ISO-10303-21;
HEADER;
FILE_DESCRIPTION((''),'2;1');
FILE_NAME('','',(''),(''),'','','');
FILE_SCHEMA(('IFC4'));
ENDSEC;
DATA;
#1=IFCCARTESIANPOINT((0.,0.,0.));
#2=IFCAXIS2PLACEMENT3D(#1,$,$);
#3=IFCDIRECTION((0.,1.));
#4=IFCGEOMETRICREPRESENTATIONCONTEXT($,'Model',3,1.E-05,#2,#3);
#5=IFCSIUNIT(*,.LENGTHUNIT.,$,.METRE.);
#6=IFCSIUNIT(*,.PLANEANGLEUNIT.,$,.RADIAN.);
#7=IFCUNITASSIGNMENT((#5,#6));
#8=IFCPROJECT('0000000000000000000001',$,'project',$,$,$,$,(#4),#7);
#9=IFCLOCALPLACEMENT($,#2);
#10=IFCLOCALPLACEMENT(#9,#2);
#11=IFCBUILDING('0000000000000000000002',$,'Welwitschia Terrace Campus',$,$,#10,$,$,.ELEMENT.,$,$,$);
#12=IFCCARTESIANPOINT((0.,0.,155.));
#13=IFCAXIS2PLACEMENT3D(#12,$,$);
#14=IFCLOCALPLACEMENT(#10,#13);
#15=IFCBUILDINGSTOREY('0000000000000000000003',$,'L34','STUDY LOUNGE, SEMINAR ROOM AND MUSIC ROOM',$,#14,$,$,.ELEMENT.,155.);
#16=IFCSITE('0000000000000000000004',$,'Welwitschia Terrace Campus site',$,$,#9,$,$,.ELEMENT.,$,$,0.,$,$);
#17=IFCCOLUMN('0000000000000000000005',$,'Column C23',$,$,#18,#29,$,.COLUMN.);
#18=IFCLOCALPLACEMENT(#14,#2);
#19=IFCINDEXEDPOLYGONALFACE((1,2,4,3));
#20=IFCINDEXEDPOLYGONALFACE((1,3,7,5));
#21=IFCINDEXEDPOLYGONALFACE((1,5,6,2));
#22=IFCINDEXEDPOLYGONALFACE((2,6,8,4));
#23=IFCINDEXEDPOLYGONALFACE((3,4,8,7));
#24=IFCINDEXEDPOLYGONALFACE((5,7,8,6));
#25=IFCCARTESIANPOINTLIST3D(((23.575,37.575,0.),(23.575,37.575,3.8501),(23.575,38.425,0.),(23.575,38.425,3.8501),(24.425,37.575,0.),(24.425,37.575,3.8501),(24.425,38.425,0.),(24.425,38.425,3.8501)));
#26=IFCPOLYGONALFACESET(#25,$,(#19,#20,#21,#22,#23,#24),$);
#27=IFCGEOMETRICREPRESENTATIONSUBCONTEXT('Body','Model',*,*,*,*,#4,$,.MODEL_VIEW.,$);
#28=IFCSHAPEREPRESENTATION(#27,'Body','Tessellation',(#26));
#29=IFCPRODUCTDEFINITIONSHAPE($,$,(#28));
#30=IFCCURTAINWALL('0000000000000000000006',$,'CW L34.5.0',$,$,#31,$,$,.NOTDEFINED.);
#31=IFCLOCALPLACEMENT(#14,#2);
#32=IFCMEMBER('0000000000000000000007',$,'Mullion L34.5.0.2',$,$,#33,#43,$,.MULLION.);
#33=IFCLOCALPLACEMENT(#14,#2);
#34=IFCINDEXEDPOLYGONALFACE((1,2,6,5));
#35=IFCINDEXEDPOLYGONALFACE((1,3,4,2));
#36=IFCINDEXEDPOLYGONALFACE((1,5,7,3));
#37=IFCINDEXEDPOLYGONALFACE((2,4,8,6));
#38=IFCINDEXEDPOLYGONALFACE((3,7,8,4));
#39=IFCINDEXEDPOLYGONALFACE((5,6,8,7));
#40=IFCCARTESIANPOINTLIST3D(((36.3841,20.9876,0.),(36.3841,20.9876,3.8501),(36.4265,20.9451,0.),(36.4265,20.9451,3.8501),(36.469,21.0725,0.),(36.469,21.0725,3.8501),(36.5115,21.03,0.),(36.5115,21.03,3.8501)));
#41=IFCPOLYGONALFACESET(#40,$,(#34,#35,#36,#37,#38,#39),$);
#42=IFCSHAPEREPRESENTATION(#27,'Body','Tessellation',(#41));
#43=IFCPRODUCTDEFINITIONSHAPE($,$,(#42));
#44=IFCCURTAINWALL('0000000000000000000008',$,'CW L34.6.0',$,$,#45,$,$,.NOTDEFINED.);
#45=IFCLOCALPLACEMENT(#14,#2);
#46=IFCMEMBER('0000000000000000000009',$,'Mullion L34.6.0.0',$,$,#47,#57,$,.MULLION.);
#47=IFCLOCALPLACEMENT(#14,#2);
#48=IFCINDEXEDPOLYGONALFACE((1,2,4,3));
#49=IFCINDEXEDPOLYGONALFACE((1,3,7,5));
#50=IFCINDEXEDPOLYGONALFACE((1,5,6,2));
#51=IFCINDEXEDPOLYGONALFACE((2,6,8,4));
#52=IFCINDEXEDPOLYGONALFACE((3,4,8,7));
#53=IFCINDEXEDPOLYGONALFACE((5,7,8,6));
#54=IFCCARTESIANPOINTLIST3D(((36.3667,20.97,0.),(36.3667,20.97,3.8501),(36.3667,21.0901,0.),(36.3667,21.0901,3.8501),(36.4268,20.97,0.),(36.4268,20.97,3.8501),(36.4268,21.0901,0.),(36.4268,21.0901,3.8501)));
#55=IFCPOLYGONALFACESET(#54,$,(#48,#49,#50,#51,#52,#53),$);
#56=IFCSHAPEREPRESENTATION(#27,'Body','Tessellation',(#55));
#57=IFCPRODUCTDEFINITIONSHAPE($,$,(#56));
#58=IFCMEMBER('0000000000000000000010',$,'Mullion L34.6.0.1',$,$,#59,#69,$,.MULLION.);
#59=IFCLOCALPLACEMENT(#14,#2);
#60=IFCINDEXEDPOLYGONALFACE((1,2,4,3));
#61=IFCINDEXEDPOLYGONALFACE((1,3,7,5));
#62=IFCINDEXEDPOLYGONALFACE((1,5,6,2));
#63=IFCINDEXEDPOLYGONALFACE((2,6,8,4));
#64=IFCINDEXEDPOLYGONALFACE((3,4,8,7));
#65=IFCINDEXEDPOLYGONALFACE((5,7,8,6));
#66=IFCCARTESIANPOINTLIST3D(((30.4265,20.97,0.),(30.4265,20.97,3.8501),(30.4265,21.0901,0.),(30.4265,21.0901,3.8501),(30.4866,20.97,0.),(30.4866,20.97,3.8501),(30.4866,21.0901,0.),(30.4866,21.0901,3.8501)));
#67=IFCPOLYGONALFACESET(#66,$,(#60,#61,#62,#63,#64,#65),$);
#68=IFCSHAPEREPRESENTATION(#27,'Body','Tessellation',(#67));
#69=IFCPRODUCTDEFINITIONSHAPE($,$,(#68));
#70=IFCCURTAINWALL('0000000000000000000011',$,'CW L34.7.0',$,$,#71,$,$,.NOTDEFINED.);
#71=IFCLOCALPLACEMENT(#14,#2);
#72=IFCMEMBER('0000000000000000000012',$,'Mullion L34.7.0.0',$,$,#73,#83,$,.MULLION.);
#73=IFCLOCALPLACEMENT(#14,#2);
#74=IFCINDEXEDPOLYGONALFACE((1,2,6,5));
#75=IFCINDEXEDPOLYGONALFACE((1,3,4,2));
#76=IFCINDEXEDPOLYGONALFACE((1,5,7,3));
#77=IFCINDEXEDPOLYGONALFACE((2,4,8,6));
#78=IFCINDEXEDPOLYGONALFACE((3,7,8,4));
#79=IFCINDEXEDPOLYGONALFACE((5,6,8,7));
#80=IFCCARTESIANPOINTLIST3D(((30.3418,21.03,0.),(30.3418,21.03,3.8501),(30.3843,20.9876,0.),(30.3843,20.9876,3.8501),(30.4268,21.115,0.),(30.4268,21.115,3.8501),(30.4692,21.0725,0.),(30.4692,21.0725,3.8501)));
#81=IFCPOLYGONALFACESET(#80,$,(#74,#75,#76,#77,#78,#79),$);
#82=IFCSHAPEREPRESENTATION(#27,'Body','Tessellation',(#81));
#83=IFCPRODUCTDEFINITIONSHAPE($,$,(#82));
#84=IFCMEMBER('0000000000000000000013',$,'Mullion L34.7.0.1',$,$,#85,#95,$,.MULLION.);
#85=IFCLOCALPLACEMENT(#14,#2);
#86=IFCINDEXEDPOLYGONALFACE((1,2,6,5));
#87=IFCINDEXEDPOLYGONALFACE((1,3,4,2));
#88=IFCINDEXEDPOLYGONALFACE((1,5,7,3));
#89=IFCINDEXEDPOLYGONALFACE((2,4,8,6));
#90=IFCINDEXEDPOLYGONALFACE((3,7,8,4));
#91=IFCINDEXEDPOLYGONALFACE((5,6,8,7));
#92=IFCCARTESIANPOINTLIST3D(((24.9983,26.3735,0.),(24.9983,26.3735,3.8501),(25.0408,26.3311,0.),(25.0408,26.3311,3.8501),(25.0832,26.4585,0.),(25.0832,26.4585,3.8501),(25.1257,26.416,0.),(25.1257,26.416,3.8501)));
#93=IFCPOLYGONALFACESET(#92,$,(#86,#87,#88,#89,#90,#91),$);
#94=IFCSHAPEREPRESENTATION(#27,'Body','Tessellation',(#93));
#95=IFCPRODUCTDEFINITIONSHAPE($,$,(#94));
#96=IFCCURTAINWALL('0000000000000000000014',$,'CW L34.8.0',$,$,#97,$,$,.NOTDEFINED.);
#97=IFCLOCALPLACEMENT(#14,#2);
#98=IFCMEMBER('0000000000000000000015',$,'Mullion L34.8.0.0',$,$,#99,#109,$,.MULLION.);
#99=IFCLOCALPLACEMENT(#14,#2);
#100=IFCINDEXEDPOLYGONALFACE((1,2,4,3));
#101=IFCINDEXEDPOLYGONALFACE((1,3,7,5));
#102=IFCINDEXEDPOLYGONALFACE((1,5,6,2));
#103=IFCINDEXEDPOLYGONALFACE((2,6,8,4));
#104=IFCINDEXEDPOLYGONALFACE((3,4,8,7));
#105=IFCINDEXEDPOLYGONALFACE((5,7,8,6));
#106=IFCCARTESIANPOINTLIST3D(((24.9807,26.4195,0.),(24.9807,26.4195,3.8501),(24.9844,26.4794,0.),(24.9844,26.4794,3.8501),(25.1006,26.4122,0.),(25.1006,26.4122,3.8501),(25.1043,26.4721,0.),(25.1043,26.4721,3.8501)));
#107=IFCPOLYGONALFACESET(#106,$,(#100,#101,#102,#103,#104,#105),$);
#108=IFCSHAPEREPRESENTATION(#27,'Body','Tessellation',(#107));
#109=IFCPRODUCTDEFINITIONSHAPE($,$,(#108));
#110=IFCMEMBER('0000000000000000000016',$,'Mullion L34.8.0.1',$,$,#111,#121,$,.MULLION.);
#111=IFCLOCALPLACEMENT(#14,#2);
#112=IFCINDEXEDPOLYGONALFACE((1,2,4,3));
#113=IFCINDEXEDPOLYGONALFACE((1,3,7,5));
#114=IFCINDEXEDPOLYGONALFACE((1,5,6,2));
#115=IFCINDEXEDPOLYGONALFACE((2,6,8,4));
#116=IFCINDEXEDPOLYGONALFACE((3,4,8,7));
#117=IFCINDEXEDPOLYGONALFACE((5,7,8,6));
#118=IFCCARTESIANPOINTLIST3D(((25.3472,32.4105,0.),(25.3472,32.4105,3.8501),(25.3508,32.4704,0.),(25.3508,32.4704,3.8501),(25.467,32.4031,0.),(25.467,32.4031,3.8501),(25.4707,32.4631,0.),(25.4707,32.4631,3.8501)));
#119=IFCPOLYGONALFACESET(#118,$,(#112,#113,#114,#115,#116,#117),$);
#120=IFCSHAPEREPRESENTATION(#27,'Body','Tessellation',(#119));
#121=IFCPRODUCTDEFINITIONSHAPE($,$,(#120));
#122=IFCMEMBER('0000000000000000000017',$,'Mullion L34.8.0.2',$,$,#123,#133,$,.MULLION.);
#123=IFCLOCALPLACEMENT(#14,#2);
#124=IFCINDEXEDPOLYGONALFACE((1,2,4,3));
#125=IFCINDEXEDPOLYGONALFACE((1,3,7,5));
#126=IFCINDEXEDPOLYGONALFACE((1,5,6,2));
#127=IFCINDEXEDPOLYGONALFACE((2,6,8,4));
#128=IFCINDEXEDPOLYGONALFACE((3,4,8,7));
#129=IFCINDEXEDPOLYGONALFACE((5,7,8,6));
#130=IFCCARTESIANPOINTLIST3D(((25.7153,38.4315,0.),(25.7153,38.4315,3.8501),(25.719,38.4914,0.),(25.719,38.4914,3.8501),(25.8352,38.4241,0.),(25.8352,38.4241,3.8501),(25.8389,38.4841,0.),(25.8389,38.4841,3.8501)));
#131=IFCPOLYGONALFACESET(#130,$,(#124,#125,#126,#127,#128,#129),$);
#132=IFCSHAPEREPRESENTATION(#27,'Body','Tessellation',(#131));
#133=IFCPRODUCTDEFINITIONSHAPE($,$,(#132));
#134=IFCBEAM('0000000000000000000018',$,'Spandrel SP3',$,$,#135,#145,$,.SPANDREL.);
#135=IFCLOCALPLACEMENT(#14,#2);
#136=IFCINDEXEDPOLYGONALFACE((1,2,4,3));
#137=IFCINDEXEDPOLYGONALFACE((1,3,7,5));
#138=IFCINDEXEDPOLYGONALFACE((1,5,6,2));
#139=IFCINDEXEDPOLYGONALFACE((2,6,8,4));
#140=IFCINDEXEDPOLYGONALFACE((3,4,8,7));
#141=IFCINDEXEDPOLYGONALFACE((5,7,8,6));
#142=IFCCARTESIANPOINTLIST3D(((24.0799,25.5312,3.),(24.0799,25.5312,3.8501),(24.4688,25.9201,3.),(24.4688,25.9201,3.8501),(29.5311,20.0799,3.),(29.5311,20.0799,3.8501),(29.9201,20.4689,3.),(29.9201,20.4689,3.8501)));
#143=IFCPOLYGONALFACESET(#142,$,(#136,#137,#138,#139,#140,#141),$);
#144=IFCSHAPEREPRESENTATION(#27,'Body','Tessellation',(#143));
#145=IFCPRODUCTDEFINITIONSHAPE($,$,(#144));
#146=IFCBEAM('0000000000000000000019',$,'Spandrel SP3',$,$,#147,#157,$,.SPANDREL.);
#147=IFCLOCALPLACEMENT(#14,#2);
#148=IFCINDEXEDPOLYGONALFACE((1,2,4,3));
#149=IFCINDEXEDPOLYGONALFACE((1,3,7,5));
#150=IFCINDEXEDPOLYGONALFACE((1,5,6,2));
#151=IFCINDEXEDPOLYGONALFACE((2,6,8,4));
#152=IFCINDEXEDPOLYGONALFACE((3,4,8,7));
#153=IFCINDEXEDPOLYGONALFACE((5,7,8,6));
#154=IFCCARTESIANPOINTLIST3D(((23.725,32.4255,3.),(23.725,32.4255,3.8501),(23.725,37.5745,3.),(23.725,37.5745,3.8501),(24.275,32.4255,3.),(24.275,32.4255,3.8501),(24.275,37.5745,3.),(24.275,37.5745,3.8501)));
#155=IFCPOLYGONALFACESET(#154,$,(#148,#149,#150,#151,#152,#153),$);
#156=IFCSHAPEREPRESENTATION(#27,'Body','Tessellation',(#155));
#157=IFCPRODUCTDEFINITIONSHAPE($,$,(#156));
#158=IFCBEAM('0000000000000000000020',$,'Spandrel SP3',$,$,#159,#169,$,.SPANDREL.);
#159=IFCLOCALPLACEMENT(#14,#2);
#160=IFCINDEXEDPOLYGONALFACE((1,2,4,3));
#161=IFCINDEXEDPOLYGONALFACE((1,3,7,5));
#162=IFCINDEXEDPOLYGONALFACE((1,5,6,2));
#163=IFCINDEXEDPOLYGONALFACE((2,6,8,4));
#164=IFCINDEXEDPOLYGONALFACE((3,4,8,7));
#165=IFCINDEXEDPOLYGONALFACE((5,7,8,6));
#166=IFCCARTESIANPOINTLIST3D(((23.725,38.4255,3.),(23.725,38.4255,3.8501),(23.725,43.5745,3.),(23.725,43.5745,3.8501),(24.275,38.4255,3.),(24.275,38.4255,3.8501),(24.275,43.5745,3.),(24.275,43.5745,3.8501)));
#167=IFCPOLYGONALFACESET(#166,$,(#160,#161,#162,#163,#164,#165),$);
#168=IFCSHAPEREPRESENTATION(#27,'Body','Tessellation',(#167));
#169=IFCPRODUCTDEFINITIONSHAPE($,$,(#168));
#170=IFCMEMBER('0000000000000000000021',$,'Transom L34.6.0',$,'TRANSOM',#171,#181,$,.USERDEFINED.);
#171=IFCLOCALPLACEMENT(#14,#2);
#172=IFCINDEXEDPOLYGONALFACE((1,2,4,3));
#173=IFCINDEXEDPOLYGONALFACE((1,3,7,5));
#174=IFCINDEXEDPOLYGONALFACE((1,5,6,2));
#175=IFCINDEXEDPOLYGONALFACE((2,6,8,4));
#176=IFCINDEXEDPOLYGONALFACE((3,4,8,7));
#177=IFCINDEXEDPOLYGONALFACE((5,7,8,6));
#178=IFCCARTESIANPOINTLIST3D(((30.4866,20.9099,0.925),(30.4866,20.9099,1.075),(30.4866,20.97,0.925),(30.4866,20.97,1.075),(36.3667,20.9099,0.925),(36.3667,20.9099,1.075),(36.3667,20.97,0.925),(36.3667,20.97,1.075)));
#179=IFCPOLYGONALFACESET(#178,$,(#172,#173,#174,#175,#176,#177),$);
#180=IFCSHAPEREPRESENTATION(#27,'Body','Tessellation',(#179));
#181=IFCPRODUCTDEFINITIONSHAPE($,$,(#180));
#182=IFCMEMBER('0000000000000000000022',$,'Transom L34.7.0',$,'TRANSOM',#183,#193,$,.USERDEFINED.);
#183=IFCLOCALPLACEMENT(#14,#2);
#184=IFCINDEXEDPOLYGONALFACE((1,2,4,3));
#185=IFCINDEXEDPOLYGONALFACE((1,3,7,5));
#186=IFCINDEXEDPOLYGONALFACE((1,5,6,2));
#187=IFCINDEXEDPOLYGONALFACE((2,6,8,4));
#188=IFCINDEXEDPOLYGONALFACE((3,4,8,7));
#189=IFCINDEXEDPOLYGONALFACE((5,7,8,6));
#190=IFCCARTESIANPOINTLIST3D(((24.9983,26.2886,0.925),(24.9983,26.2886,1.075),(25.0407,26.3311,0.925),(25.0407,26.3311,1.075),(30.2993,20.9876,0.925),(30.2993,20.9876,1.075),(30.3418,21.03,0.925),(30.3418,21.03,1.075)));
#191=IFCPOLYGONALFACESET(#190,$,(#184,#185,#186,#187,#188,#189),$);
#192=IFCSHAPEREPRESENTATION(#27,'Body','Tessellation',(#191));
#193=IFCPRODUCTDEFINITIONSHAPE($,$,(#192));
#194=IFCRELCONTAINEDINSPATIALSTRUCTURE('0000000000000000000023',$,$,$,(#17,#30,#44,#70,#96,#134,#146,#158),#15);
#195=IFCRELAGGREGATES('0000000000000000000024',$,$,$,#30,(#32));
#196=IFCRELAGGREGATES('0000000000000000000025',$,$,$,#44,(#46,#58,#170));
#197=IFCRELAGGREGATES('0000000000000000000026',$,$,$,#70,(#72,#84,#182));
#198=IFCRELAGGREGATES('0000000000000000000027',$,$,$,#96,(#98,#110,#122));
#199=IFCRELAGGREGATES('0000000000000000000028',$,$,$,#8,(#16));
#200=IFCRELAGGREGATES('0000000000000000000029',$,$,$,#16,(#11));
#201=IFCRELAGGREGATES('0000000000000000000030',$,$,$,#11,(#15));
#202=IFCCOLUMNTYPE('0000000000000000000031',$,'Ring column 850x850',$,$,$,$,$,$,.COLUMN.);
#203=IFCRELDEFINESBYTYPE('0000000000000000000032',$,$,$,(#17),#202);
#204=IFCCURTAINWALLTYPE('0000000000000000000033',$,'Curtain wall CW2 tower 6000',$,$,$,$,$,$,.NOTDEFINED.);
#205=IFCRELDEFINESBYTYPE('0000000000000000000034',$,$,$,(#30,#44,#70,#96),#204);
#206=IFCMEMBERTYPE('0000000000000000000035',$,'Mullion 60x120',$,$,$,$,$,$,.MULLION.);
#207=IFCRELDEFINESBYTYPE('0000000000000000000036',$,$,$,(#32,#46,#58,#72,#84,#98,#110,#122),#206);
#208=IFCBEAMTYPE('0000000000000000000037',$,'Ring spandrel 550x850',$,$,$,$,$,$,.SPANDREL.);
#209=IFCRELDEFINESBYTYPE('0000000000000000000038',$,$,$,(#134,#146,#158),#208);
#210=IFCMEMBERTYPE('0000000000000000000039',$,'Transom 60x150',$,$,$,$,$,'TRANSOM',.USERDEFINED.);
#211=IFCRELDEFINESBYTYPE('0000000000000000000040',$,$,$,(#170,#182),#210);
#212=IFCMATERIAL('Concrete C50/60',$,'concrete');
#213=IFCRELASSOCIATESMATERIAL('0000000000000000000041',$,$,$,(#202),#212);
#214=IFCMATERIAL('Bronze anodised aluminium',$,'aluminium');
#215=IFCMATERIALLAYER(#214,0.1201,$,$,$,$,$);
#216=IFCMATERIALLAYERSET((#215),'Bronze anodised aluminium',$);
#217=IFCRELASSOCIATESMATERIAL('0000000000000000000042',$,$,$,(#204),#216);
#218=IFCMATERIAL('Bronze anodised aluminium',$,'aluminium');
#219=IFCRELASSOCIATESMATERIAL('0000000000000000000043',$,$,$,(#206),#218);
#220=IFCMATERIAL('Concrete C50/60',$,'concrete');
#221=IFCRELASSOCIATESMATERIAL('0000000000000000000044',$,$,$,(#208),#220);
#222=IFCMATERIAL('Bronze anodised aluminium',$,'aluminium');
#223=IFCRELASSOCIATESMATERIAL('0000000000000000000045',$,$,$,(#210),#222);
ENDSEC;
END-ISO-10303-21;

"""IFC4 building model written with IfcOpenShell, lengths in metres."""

from ifc_helpers import new_model, si_unit, direction, frame, origin, origin_2d, place, context, subcontext, project, spatial, rectangle, extrude, material, layer, layer_set, material_profile, profile_set, type_object, element, aggregate, save


model = new_model("IFC4")

# Units and contexts
model_context = context("Model", 3, precision=1e-05, world=origin(), true_north=direction((0.0, 1.0)))
body_context = subcontext(model_context, "Body", "Model", "MODEL_VIEW")
ifc_project = project(units=[si_unit("LENGTHUNIT", "METRE"), si_unit("PLANEANGLEUNIT", "RADIAN")], contexts=[model_context])

# Site, building, storey
site_placement = place(None, origin())
site = spatial("IfcSite", under=ifc_project, at=site_placement, Name="Welwitschia Terrace Campus site", CompositionType="ELEMENT", RefElevation=0.0)
building_placement = place(site_placement, origin())
building = spatial("IfcBuilding", under=site, at=building_placement, Name="Welwitschia Terrace Campus", CompositionType="ELEMENT")
storey_placement = place(building_placement, frame((0.0, 0.0, 155.0)))
storey = spatial("IfcBuildingStorey", under=building, at=storey_placement, Name="L34", Description="STUDY LOUNGE, SEMINAR ROOM AND MUSIC ROOM", CompositionType="ELEMENT", Elevation=155.0)

# Column
ifc_material_1 = material(Name="Concrete C50/60", Category="concrete")
ifc_material_profile_1 = material_profile(ifc_material_1, rectangle(XDim=0.8501, YDim=0.8501, at=origin_2d()))
ifc_profile_set_1 = profile_set([ifc_material_profile_1], Name="Concrete C50/60")
column_type = type_object("IfcColumnType", Name="Ring column 850x850", PredefinedType="COLUMN", material=ifc_profile_set_1)
column_placement = place(storey_placement, frame((24.0, 38.0, 0.0), z_axis=(0.0, 0.0, 1.0), x_axis=(1.0, 0.0, 0.0)))
element("IfcColumn", 1, at=column_placement, inside=storey, type_object=column_type, Name="Column C23", PredefinedType="COLUMN", context=body_context, shape_type="SweptSolid", body=[
    extrude(rectangle(XDim=0.8501, YDim=0.8501, at=origin_2d()), origin(), (0.0, 0.0, 1.0), 3.8501),
])

# Curtain wall, member
ifc_material_2 = material(Name="Bronze anodised aluminium", Category="aluminium")
ifc_layer_1 = layer(ifc_material_2, 0.1201)
ifc_layer_set_1 = layer_set([ifc_layer_1], Name="Bronze anodised aluminium")
curtain_wall_type = type_object("IfcCurtainWallType", Name="Curtain wall CW2 tower 6000", PredefinedType="NOTDEFINED", material=ifc_layer_set_1)
curtain_wall_1_placement = place(storey_placement, origin())
curtain_wall_1 = element("IfcCurtainWall", 2, at=curtain_wall_1_placement, inside=storey, type_object=curtain_wall_type, Name="CW L34.5.0", PredefinedType="NOTDEFINED")
ifc_material_3 = material(Name="Bronze anodised aluminium", Category="aluminium")
ifc_material_profile_2 = material_profile(ifc_material_3, rectangle(XDim=0.1201, YDim=0.0601, at=origin_2d()))
ifc_profile_set_2 = profile_set([ifc_material_profile_2], Name="Bronze anodised aluminium")
member_type_1 = type_object("IfcMemberType", Name="Mullion 60x120", PredefinedType="MULLION", material=ifc_profile_set_2)
member_1_placement = place(storey_placement, frame((36.4478, 21.0088, 0.0), z_axis=(0.0, 0.0, 1.0), x_axis=(-0.707107, -0.707107, 0.0)))
member_1 = element("IfcMember", 3, at=member_1_placement, type_object=member_type_1, Name="Mullion L34.5.0.2", PredefinedType="MULLION", context=body_context, shape_type="SweptSolid", body=[
    extrude(rectangle(XDim=0.1201, YDim=0.0601, at=origin_2d()), origin(), (0.0, 0.0, 1.0), 3.8501),
])
aggregate(curtain_wall_1, [member_1])

# Curtain walls, members
curtain_wall_2_placement = place(storey_placement, origin())
curtain_wall_2 = element("IfcCurtainWall", 4, at=curtain_wall_2_placement, inside=storey, type_object=curtain_wall_type, Name="CW L34.6.0", PredefinedType="NOTDEFINED")
member_2_placement = place(storey_placement, frame((36.3967, 21.03, 0.0), z_axis=(0.0, 0.0, 1.0), x_axis=(0.0, -1.0, 0.0)))
member_2 = element("IfcMember", 5, at=member_2_placement, type_object=member_type_1, Name="Mullion L34.6.0.0", PredefinedType="MULLION", context=body_context, shape_type="SweptSolid", body=[
    extrude(rectangle(XDim=0.1201, YDim=0.0601, at=origin_2d()), origin(), (0.0, 0.0, 1.0), 3.8501),
])
member_3_placement = place(storey_placement, frame((30.4565, 21.03, 0.0), z_axis=(0.0, 0.0, 1.0), x_axis=(0.0, -1.0, 0.0)))
member_3 = element("IfcMember", 6, at=member_3_placement, type_object=member_type_1, Name="Mullion L34.6.0.1", PredefinedType="MULLION", context=body_context, shape_type="SweptSolid", body=[
    extrude(rectangle(XDim=0.1201, YDim=0.0601, at=origin_2d()), origin(), (0.0, 0.0, 1.0), 3.8501),
])
curtain_wall_3_placement = place(storey_placement, origin())
curtain_wall_3 = element("IfcCurtainWall", 7, at=curtain_wall_3_placement, inside=storey, type_object=curtain_wall_type, Name="CW L34.7.0", PredefinedType="NOTDEFINED")
member_4_placement = place(storey_placement, frame((30.4055, 21.0513, 0.0), z_axis=(0.0, 0.0, 1.0), x_axis=(-0.707107, -0.707107, 0.0)))
member_4 = element("IfcMember", 8, at=member_4_placement, type_object=member_type_1, Name="Mullion L34.7.0.0", PredefinedType="MULLION", context=body_context, shape_type="SweptSolid", body=[
    extrude(rectangle(XDim=0.1201, YDim=0.0601, at=origin_2d()), origin(), (0.0, 0.0, 1.0), 3.8501),
])
member_5_placement = place(storey_placement, frame((25.062, 26.3948, 0.0), z_axis=(0.0, 0.0, 1.0), x_axis=(-0.707107, -0.707107, 0.0)))
member_5 = element("IfcMember", 9, at=member_5_placement, type_object=member_type_1, Name="Mullion L34.7.0.1", PredefinedType="MULLION", context=body_context, shape_type="SweptSolid", body=[
    extrude(rectangle(XDim=0.1201, YDim=0.0601, at=origin_2d()), origin(), (0.0, 0.0, 1.0), 3.8501),
])
curtain_wall_4_placement = place(storey_placement, origin())
curtain_wall_4 = element("IfcCurtainWall", 10, at=curtain_wall_4_placement, inside=storey, type_object=curtain_wall_type, Name="CW L34.8.0", PredefinedType="NOTDEFINED")
member_6_placement = place(storey_placement, frame((25.0425, 26.4458, 0.0), z_axis=(0.0, 0.0, 1.0), x_axis=(-0.998135, 0.061049, 0.0)))
member_6 = element("IfcMember", 11, at=member_6_placement, type_object=member_type_1, Name="Mullion L34.8.0.0", PredefinedType="MULLION", context=body_context, shape_type="SweptSolid", body=[
    extrude(rectangle(XDim=0.1201, YDim=0.0601, at=origin_2d()), origin(), (0.0, 0.0, 1.0), 3.8501),
])
member_7_placement = place(storey_placement, frame((25.4089, 32.4368, 0.0), z_axis=(0.0, 0.0, 1.0), x_axis=(-0.998135, 0.061049, 0.0)))
member_7 = element("IfcMember", 12, at=member_7_placement, type_object=member_type_1, Name="Mullion L34.8.0.1", PredefinedType="MULLION", context=body_context, shape_type="SweptSolid", body=[
    extrude(rectangle(XDim=0.1201, YDim=0.0601, at=origin_2d()), origin(), (0.0, 0.0, 1.0), 3.8501),
])
member_8_placement = place(storey_placement, frame((25.7771, 38.4578, 0.0), z_axis=(0.0, 0.0, 1.0), x_axis=(-0.998135, 0.061049, 0.0)))
member_8 = element("IfcMember", 13, at=member_8_placement, type_object=member_type_1, Name="Mullion L34.8.0.2", PredefinedType="MULLION", context=body_context, shape_type="SweptSolid", body=[
    extrude(rectangle(XDim=0.1201, YDim=0.0601, at=origin_2d()), origin(), (0.0, 0.0, 1.0), 3.8501),
])

# Beams
ifc_material_4 = material(Name="Concrete C50/60", Category="concrete")
ifc_material_profile_3 = material_profile(ifc_material_4, rectangle(XDim=0.55, YDim=0.8501, at=origin_2d()))
ifc_profile_set_3 = profile_set([ifc_material_profile_3], Name="Concrete C50/60")
beam_type = type_object("IfcBeamType", Name="Ring spandrel 550x850", PredefinedType="SPANDREL", material=ifc_profile_set_3)
beam_placement = place(storey_placement, frame((29.7256, 20.2744, 3.425), z_axis=(-0.707107, 0.707107, 0.0), x_axis=(-0.707107, -0.707107, 0.0)))
element("IfcBeam", 14, at=beam_placement, inside=storey, type_object=beam_type, Name="Spandrel SP3", PredefinedType="SPANDREL", context=body_context, shape_type="SweptSolid", body=[
    extrude(rectangle(XDim=0.55, YDim=0.8501, at=origin_2d()), origin(), (0.0, 0.0, 1.0), 7.7092),
])
for number, where, z_axis, x_axis, name in (
    (15, (24.0, 32.4255, 3.425), (0.0, 1.0, 0.0), (-1.0, 0.0, 0.0), "Spandrel SP3"),
    (16, (24.0, 38.4255, 3.425), (0.0, 1.0, 0.0), (-1.0, 0.0, 0.0), "Spandrel SP3"),
):
    element("IfcBeam", number, at=place(storey_placement, frame(where, z_axis=z_axis, x_axis=x_axis)), inside=storey, type_object=beam_type, Name=name, PredefinedType="SPANDREL", context=body_context, shape_type="SweptSolid", body=[
        extrude(rectangle(XDim=0.55, YDim=0.8501, at=origin_2d()), origin(), (0.0, 0.0, 1.0), 5.1489),
    ])

# Members
ifc_material_5 = material(Name="Bronze anodised aluminium", Category="aluminium")
ifc_material_profile_4 = material_profile(ifc_material_5, rectangle(XDim=0.0601, YDim=0.1499, at=origin_2d()))
ifc_profile_set_4 = profile_set([ifc_material_profile_4], Name="Bronze anodised aluminium")
member_type_2 = type_object("IfcMemberType", Name="Transom 60x150", ElementType="TRANSOM", PredefinedType="USERDEFINED", material=ifc_profile_set_4)
member_9_placement = place(storey_placement, frame((36.3667, 20.9399, 1.0), z_axis=(-1.0, 0.0, 0.0), x_axis=(0.0, -1.0, 0.0)))
member_9 = element("IfcMember", 17, at=member_9_placement, type_object=member_type_2, Name="Transom L34.6.0", ObjectType="TRANSOM", PredefinedType="USERDEFINED", context=body_context, shape_type="SweptSolid", body=[
    extrude(rectangle(XDim=0.0601, YDim=0.1499, at=origin_2d()), origin(), (0.0, 0.0, 1.0), 5.8801),
])
member_10_placement = place(storey_placement, frame((30.3206, 21.0088, 1.0), z_axis=(-0.707107, 0.707107, 0.0), x_axis=(-0.707107, -0.707107, 0.0)))
member_10 = element("IfcMember", 18, at=member_10_placement, type_object=member_type_2, Name="Transom L34.7.0", ObjectType="TRANSOM", PredefinedType="USERDEFINED", context=body_context, shape_type="SweptSolid", body=[
    extrude(rectangle(XDim=0.0601, YDim=0.1499, at=origin_2d()), origin(), (0.0, 0.0, 1.0), 7.4968),
])

aggregate(curtain_wall_2, [member_2, member_3, member_9])
aggregate(curtain_wall_3, [member_4, member_5, member_10])
aggregate(curtain_wall_4, [member_6, member_7, member_8])

save(model, "model.ifc")
